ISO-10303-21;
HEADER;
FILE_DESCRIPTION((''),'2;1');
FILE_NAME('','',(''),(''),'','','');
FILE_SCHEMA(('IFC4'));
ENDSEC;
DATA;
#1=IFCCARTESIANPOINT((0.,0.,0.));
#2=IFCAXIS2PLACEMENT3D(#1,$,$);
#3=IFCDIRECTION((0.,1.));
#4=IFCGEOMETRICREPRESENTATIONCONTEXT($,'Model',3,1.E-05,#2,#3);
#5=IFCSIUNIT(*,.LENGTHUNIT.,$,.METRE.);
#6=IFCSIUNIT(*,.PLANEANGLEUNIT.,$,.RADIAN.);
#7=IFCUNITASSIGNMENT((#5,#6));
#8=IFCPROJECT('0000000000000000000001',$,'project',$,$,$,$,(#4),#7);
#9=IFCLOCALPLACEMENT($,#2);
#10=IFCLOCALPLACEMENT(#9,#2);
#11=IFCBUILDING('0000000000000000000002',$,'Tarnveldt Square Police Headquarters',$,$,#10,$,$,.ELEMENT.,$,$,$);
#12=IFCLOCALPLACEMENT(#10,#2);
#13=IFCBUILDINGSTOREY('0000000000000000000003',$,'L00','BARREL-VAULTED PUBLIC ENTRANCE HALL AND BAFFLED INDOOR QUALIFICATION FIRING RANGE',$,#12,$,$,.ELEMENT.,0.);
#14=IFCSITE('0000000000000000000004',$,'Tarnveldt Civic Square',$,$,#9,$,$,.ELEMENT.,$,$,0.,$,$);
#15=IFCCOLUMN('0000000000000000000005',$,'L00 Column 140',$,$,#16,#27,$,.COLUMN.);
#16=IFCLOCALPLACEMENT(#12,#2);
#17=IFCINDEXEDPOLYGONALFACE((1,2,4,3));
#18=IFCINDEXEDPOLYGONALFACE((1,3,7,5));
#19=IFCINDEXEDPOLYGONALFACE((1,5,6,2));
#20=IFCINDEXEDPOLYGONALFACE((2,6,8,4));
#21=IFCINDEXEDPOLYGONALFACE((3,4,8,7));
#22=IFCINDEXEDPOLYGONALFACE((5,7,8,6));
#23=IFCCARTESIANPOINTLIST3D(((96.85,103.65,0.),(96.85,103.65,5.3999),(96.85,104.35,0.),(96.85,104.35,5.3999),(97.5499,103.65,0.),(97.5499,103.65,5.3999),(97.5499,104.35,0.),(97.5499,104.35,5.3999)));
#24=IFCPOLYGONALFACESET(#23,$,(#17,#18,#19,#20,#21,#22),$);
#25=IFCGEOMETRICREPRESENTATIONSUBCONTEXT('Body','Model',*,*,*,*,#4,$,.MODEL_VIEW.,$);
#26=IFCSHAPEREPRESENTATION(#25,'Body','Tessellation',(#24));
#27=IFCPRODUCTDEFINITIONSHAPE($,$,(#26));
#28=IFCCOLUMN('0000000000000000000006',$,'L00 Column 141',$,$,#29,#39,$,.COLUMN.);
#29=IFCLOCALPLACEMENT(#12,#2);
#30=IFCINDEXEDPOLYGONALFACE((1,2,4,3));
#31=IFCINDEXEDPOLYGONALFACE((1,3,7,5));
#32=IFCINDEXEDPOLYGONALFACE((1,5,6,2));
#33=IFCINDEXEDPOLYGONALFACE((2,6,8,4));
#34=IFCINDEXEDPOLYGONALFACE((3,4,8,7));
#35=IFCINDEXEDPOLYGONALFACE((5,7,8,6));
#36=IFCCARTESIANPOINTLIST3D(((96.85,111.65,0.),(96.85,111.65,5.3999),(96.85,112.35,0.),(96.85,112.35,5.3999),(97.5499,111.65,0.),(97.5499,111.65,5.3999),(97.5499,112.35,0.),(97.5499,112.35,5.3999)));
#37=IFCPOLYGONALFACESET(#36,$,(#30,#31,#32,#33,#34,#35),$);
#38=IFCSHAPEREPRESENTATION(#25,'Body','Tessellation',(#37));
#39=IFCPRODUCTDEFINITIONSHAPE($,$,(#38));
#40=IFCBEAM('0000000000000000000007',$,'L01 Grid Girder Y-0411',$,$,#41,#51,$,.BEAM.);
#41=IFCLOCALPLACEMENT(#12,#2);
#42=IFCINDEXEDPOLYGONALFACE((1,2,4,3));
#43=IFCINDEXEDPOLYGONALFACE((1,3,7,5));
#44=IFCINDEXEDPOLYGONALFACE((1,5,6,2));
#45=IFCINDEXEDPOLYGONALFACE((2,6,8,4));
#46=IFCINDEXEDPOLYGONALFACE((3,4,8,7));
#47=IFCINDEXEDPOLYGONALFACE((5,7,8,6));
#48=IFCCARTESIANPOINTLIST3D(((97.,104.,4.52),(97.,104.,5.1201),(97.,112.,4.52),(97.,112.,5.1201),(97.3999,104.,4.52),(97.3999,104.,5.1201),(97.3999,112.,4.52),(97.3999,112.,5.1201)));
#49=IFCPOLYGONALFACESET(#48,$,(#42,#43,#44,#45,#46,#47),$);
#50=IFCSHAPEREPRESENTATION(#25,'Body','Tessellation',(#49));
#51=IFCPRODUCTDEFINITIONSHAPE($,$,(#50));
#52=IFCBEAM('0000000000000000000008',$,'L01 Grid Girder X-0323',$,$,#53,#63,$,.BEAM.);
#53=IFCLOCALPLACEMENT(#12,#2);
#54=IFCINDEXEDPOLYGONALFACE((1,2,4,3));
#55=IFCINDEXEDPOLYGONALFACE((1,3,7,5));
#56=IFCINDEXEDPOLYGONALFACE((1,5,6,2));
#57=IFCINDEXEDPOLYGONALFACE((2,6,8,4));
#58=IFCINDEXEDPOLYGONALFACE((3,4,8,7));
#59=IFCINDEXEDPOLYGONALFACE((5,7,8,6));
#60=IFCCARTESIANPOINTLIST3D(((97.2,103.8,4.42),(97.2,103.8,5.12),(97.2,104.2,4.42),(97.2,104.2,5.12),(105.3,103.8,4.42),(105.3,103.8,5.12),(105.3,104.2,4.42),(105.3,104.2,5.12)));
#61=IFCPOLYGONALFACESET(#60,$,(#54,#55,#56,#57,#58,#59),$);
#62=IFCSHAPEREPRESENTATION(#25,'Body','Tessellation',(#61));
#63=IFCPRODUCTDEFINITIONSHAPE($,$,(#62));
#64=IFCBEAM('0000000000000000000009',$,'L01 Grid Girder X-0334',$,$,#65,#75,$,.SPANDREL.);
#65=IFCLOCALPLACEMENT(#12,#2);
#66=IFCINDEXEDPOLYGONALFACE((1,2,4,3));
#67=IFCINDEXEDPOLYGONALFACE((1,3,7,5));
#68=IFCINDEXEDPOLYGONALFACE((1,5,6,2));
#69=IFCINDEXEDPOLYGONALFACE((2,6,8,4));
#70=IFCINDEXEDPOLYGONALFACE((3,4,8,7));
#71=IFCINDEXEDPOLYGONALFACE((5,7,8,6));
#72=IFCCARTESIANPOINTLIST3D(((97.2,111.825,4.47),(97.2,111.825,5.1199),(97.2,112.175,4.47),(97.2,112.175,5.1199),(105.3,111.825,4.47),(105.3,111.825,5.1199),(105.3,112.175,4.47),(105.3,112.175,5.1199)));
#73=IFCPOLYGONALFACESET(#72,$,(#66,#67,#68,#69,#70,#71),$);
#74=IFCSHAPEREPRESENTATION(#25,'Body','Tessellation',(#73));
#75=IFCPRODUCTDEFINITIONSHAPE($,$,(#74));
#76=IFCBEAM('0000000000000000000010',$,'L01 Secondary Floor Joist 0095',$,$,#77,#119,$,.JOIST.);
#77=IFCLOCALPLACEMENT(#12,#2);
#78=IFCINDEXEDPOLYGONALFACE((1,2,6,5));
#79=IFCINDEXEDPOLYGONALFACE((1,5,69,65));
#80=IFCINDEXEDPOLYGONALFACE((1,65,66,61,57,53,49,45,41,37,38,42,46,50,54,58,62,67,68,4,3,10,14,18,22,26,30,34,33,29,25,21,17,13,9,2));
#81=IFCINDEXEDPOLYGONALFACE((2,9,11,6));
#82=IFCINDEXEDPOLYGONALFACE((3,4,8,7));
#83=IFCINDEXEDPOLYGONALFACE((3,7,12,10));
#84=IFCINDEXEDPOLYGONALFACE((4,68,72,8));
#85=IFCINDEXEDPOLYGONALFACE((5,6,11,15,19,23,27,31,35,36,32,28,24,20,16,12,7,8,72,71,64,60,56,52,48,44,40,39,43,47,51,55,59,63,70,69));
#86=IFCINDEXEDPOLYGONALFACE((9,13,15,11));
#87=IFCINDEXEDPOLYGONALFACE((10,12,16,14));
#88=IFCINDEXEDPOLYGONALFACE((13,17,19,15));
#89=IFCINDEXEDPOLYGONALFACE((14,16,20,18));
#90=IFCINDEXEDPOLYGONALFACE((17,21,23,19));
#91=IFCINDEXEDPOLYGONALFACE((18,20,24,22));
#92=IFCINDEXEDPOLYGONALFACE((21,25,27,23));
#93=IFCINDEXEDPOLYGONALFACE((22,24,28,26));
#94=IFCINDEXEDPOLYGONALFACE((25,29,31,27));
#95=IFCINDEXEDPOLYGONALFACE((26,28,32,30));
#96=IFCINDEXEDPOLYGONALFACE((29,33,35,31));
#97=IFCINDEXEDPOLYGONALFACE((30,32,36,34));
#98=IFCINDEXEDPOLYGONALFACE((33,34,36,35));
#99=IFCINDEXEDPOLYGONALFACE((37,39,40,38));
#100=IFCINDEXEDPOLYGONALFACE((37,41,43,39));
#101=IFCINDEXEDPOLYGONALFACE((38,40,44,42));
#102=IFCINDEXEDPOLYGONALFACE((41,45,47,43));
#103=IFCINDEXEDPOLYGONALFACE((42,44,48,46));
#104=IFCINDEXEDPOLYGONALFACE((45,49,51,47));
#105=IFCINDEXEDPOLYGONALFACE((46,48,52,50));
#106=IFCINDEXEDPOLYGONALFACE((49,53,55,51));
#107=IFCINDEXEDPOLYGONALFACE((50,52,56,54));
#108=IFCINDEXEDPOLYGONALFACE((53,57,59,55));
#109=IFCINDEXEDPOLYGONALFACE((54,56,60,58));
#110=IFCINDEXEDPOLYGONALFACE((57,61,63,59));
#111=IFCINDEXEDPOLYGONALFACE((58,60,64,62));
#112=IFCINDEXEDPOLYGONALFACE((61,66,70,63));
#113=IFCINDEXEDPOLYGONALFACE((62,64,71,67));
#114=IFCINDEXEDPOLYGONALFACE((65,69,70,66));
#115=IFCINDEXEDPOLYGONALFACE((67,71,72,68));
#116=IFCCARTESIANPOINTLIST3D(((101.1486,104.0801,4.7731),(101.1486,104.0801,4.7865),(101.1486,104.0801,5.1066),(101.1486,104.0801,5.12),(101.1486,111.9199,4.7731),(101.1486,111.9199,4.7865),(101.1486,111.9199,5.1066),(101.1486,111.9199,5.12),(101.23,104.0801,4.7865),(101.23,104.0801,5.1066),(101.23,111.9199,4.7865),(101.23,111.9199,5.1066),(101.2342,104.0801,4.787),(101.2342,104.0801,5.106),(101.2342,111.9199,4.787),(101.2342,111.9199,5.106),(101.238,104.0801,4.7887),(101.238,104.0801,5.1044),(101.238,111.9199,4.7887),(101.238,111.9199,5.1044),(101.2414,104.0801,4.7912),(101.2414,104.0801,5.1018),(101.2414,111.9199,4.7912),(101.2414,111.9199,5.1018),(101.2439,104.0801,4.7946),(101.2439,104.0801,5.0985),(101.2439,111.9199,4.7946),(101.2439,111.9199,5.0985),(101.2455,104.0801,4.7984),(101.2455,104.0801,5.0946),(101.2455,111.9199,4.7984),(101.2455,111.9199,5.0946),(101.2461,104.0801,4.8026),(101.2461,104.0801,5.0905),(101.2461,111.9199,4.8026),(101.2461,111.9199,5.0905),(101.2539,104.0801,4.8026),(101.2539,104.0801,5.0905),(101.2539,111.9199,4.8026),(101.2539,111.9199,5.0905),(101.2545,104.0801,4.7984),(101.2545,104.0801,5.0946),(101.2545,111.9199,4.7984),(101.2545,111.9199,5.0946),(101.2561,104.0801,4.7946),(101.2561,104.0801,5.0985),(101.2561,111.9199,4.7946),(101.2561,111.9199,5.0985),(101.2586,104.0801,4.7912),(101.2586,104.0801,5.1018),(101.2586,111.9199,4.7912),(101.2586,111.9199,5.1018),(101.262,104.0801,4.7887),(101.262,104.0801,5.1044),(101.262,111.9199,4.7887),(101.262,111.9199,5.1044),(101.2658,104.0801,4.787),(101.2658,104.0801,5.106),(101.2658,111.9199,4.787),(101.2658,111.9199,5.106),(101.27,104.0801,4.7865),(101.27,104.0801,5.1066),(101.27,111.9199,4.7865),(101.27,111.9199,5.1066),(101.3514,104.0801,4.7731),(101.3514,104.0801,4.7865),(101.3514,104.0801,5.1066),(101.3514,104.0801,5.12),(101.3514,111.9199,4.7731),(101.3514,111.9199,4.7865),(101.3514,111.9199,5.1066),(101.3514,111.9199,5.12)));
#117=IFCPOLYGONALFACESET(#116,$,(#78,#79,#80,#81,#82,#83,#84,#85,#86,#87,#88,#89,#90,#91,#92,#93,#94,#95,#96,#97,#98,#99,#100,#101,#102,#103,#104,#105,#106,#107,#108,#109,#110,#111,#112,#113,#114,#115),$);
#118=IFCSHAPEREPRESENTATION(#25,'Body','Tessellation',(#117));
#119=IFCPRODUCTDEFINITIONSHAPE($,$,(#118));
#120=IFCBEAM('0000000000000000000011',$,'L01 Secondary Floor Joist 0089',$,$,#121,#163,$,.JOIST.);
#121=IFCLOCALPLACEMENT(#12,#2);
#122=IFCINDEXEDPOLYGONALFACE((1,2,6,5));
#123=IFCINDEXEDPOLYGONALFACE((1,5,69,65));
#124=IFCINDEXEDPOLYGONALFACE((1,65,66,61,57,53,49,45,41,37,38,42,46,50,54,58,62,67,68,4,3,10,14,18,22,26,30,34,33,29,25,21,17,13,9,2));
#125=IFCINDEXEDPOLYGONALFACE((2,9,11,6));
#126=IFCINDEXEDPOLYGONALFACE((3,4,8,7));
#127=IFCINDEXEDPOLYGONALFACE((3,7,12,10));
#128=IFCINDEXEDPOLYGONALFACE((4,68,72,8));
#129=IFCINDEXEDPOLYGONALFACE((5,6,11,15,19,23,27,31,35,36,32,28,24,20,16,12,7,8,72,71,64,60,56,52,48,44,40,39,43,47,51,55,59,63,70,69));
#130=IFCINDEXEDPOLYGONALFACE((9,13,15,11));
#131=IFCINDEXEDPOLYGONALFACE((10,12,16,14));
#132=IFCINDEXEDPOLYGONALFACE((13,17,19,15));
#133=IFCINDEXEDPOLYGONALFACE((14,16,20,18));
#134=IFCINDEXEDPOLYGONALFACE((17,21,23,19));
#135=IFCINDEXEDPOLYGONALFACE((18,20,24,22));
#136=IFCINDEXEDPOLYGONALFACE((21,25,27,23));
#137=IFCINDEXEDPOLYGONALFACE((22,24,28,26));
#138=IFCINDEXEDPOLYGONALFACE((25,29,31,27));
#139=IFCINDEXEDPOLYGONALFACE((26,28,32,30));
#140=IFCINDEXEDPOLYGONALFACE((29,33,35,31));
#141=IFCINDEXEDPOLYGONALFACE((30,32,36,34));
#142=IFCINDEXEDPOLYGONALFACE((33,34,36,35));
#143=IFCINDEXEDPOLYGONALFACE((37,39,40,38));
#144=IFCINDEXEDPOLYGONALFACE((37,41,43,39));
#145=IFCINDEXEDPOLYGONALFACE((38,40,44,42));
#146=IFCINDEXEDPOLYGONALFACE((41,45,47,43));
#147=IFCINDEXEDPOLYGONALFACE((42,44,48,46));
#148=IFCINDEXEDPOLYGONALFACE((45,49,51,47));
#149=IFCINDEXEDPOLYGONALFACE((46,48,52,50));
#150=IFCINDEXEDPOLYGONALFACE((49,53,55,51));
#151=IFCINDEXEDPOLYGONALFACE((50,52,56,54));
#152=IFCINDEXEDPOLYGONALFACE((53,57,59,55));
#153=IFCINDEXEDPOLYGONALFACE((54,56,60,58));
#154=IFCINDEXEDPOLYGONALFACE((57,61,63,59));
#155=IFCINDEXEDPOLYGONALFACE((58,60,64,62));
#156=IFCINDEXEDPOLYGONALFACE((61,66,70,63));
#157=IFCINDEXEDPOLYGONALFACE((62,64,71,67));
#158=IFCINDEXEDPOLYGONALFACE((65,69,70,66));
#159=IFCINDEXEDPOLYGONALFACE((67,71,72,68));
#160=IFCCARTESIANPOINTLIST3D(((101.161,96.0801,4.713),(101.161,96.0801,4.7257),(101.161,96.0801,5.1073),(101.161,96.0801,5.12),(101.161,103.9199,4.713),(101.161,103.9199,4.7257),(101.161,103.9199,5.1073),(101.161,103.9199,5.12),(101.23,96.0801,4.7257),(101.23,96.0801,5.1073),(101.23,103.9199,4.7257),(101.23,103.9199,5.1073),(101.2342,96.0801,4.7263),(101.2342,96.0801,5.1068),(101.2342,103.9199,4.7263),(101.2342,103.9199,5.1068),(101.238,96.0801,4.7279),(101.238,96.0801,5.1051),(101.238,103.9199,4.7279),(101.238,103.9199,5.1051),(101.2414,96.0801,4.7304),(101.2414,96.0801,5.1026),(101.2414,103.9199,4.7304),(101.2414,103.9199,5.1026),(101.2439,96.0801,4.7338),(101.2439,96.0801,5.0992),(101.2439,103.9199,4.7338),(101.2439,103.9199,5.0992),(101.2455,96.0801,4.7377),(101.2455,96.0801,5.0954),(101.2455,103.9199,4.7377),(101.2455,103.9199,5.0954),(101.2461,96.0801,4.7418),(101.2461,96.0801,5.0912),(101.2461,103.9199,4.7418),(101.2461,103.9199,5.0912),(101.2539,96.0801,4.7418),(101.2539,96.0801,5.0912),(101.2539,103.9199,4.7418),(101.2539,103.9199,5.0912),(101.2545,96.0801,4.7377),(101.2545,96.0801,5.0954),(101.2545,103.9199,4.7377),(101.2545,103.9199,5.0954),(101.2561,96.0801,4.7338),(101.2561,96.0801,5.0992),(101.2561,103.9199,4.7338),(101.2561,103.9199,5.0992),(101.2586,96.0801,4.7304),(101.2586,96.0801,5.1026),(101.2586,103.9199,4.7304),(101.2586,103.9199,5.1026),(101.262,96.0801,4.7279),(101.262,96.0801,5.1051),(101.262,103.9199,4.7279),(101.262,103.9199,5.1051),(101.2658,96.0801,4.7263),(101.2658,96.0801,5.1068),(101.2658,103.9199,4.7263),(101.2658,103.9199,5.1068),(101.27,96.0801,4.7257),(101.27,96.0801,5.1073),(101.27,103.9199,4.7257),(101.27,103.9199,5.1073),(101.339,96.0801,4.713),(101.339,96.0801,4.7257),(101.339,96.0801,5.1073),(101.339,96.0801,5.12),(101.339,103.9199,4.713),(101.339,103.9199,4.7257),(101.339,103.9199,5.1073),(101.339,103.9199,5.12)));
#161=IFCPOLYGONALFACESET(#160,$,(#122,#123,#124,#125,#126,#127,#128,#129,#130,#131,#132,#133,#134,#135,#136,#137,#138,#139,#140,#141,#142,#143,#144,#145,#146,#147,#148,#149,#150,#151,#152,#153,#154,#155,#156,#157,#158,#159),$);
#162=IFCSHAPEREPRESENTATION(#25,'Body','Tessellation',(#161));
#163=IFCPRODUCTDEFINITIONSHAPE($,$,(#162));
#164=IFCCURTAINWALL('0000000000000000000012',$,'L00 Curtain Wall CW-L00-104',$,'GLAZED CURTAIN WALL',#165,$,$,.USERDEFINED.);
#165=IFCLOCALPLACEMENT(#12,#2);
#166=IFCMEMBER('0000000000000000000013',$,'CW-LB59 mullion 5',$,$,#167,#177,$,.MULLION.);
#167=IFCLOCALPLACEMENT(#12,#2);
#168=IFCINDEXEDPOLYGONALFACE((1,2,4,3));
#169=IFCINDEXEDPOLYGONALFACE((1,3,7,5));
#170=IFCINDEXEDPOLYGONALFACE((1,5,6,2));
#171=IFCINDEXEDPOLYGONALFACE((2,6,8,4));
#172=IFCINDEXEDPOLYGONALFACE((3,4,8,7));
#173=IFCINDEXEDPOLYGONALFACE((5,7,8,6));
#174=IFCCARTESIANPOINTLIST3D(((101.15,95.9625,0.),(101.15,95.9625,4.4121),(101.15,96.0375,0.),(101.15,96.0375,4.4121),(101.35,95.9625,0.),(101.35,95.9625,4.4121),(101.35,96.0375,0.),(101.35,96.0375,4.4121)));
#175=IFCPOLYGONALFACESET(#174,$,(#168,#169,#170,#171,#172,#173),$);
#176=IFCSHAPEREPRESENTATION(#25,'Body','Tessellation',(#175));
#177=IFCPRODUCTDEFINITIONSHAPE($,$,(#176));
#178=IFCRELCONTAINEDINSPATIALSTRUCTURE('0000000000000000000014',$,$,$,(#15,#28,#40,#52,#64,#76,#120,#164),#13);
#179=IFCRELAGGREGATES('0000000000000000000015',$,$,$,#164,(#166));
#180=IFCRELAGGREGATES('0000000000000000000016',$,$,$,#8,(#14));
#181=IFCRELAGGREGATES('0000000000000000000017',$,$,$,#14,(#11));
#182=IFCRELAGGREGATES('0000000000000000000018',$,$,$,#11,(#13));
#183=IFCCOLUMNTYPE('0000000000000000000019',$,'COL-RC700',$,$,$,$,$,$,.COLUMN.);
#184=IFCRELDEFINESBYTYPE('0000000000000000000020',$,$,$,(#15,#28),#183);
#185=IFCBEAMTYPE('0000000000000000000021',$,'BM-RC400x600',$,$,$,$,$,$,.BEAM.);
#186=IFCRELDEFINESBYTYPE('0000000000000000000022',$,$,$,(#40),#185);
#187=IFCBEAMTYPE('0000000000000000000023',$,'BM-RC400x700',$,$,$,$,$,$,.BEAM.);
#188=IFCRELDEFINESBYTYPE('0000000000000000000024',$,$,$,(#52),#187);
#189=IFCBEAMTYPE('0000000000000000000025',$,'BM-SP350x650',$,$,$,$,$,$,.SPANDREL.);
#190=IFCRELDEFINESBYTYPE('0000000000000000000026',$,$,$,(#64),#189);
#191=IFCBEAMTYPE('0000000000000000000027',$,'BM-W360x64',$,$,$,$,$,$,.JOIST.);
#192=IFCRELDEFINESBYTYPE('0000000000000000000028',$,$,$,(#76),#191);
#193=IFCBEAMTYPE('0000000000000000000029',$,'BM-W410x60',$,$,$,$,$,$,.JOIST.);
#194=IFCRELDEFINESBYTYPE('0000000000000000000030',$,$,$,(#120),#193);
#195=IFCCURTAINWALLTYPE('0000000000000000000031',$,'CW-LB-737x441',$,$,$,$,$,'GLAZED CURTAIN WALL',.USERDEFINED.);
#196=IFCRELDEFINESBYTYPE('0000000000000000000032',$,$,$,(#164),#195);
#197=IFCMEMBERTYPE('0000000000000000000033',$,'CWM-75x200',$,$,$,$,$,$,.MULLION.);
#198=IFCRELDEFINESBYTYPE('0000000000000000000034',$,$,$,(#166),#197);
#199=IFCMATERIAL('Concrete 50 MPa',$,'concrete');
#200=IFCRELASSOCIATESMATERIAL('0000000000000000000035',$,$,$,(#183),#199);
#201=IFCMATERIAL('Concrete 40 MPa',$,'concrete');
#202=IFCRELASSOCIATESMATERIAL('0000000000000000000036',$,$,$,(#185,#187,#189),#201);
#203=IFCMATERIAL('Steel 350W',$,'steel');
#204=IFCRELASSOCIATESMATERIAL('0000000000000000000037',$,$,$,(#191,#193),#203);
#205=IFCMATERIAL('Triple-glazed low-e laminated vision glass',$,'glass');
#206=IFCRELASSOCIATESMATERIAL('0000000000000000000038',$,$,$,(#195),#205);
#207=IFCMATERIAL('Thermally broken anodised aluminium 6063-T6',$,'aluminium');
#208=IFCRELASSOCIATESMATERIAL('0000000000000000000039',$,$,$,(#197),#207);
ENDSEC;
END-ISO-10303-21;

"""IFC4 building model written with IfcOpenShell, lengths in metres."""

from ifc_helpers import new_model, si_unit, direction, frame, origin, origin_2d, place, context, subcontext, project, spatial, rectangle, i_section, extrude, material, material_profile, profile_set, type_object, element, aggregate, save


model = new_model("IFC4")

# Units and contexts
model_context = context("Model", 3, precision=1e-05, world=origin(), true_north=direction((0.0, 1.0)))
body_context = subcontext(model_context, "Body", "Model", "MODEL_VIEW")
ifc_project = project(units=[si_unit("LENGTHUNIT", "METRE"), si_unit("PLANEANGLEUNIT", "RADIAN")], contexts=[model_context])

# Site, building, storey
site_placement = place(None, origin())
site = spatial("IfcSite", under=ifc_project, at=site_placement, Name="Tarnveldt Civic Square", CompositionType="ELEMENT", RefElevation=0.0)
building_placement = place(site_placement, origin())
building = spatial("IfcBuilding", under=site, at=building_placement, Name="Tarnveldt Square Police Headquarters", CompositionType="ELEMENT")
storey_placement = place(building_placement, origin())
storey = spatial("IfcBuildingStorey", under=building, at=storey_placement, Name="L00", Description="BARREL-VAULTED PUBLIC ENTRANCE HALL AND BAFFLED INDOOR QUALIFICATION FIRING RANGE", CompositionType="ELEMENT", Elevation=0.0)

# Columns
ifc_material_1 = material(Name="Concrete 50 MPa", Category="concrete")
ifc_material_profile_1 = material_profile(ifc_material_1, rectangle(XDim=0.7, YDim=0.7, at=origin_2d()), Name="RC-C700x700")
ifc_profile_set_1 = profile_set([ifc_material_profile_1], Name="Concrete 50 MPa")
column_type = type_object("IfcColumnType", Name="COL-RC700", PredefinedType="COLUMN", material=ifc_profile_set_1)
for number, where, z_axis, x_axis, name in (
    (1, (97.2, 104.0, 0.0), (0.0, 0.0, 1.0), (1.0, 0.0, 0.0), "L00 Column 140"),
    (2, (97.2, 112.0, 0.0), (0.0, 0.0, 1.0), (1.0, 0.0, 0.0), "L00 Column 141"),
):
    element("IfcColumn", number, at=place(storey_placement, frame(where, z_axis=z_axis, x_axis=x_axis)), inside=storey, type_object=column_type, Name=name, PredefinedType="COLUMN", context=body_context, shape_type="SweptSolid", body=[
        extrude(rectangle(XDim=0.7, YDim=0.7, at=origin_2d()), origin(), (0.0, 0.0, 1.0), 5.3999),
    ])

# Beams
ifc_material_2 = material(Name="Concrete 40 MPa", Category="concrete")
ifc_material_profile_2 = material_profile(ifc_material_2, rectangle(XDim=0.3999, YDim=0.6001, at=origin_2d()), Name="RC-B400x600")
ifc_profile_set_2 = profile_set([ifc_material_profile_2], Name="Concrete 40 MPa")
beam_type_1 = type_object("IfcBeamType", Name="BM-RC400x600", PredefinedType="BEAM", material=ifc_profile_set_2)
beam_1_placement = place(storey_placement, frame((97.2, 104.0, 4.8201), z_axis=(0.0, 1.0, 0.0), x_axis=(-1.0, 0.0, 0.0)))
element("IfcBeam", 3, at=beam_1_placement, inside=storey, type_object=beam_type_1, Name="L01 Grid Girder Y-0411", PredefinedType="BEAM", context=body_context, shape_type="SweptSolid", body=[
    extrude(rectangle(XDim=0.3999, YDim=0.6001, at=origin_2d()), origin(), (0.0, 0.0, 1.0), 8.0),
])
ifc_material_profile_3 = material_profile(ifc_material_2, rectangle(XDim=0.3999, YDim=0.7, at=origin_2d()), Name="RC-B400x700")
ifc_profile_set_3 = profile_set([ifc_material_profile_3], Name="Concrete 40 MPa")
beam_type_2 = type_object("IfcBeamType", Name="BM-RC400x700", PredefinedType="BEAM", material=ifc_profile_set_3)
beam_2_placement = place(storey_placement, frame((97.2, 104.0, 4.77), z_axis=(1.0, 0.0, 0.0), x_axis=(0.0, 1.0, 0.0)))
element("IfcBeam", 4, at=beam_2_placement, inside=storey, type_object=beam_type_2, Name="L01 Grid Girder X-0323", PredefinedType="BEAM", context=body_context, shape_type="SweptSolid", body=[
    extrude(rectangle(XDim=0.3999, YDim=0.7, at=origin_2d()), origin(), (0.0, 0.0, 1.0), 8.1001),
])
ifc_material_profile_4 = material_profile(ifc_material_2, rectangle(XDim=0.3501, YDim=0.6499, at=origin_2d()), Name="RC-SP350x650")
ifc_profile_set_4 = profile_set([ifc_material_profile_4], Name="Concrete 40 MPa")
beam_type_3 = type_object("IfcBeamType", Name="BM-SP350x650", PredefinedType="SPANDREL", material=ifc_profile_set_4)
beam_3_placement = place(storey_placement, frame((97.2, 112.0, 4.7949), z_axis=(1.0, 0.0, 0.0), x_axis=(0.0, 1.0, 0.0)))
element("IfcBeam", 5, at=beam_3_placement, inside=storey, type_object=beam_type_3, Name="L01 Grid Girder X-0334", PredefinedType="SPANDREL", context=body_context, shape_type="SweptSolid", body=[
    extrude(rectangle(XDim=0.3501, YDim=0.6499, at=origin_2d()), origin(), (0.0, 0.0, 1.0), 8.1001),
])
ifc_material_3 = material(Name="Steel 350W", Category="steel")
ifc_material_profile_5 = material_profile(ifc_material_3, i_section(OverallWidth=0.2029, OverallDepth=0.3469, WebThickness=0.0078, FlangeThickness=0.0134, FilletRadius=0.0161, at=origin_2d()), Name="W360x64")
ifc_profile_set_5 = profile_set([ifc_material_profile_5], Name="Steel 350W")
beam_type_4 = type_object("IfcBeamType", Name="BM-W360x64", PredefinedType="JOIST", material=ifc_profile_set_5)
beam_4_placement = place(storey_placement, frame((101.25, 104.0801, 4.9465), z_axis=(0.0, 1.0, 0.0), x_axis=(-1.0, 0.0, 0.0)))
element("IfcBeam", 6, at=beam_4_placement, inside=storey, type_object=beam_type_4, Name="L01 Secondary Floor Joist 0095", PredefinedType="JOIST", context=body_context, shape_type="SweptSolid", body=[
    extrude(i_section(OverallWidth=0.2029, OverallDepth=0.3469, WebThickness=0.0078, FlangeThickness=0.0134, FilletRadius=0.0161, at=origin_2d()), origin(), (0.0, 0.0, 1.0), 7.8398),
])
ifc_material_profile_6 = material_profile(ifc_material_3, i_section(OverallWidth=0.178, OverallDepth=0.407, WebThickness=0.0078, FlangeThickness=0.0127, FilletRadius=0.0161, at=origin_2d()), Name="W410x60")
ifc_profile_set_6 = profile_set([ifc_material_profile_6], Name="Steel 350W")
beam_type_5 = type_object("IfcBeamType", Name="BM-W410x60", PredefinedType="JOIST", material=ifc_profile_set_6)
beam_5_placement = place(storey_placement, frame((101.25, 96.0801, 4.9165), z_axis=(0.0, 1.0, 0.0), x_axis=(-1.0, 0.0, 0.0)))
element("IfcBeam", 7, at=beam_5_placement, inside=storey, type_object=beam_type_5, Name="L01 Secondary Floor Joist 0089", PredefinedType="JOIST", context=body_context, shape_type="SweptSolid", body=[
    extrude(i_section(OverallWidth=0.178, OverallDepth=0.407, WebThickness=0.0078, FlangeThickness=0.0127, FilletRadius=0.0161, at=origin_2d()), origin(), (0.0, 0.0, 1.0), 7.8398),
])

# Curtain wall, member
ifc_material_4 = material(Name="Triple-glazed low-e laminated vision glass", Category="glass")
curtain_wall_type = type_object("IfcCurtainWallType", Name="CW-LB-737x441", ElementType="GLAZED CURTAIN WALL", PredefinedType="USERDEFINED", material=ifc_material_4)
curtain_wall_placement = place(storey_placement, origin())
curtain_wall = element("IfcCurtainWall", 8, at=curtain_wall_placement, inside=storey, type_object=curtain_wall_type, Name="L00 Curtain Wall CW-L00-104", ObjectType="GLAZED CURTAIN WALL", PredefinedType="USERDEFINED")
ifc_material_5 = material(Name="Thermally broken anodised aluminium 6063-T6", Category="aluminium")
ifc_material_profile_7 = material_profile(ifc_material_5, rectangle(XDim=0.075, YDim=0.2, at=origin_2d()), Name="CW-M75x200")
ifc_profile_set_7 = profile_set([ifc_material_profile_7], Name="Thermally broken anodised aluminium 6063-T6")
member_type_1 = type_object("IfcMemberType", Name="CWM-75x200", PredefinedType="MULLION", material=ifc_profile_set_7)
member_1_placement = place(storey_placement, frame((101.25, 96.0, 0.0), z_axis=(0.0, 0.0, 1.0), x_axis=(0.0, 1.0, 0.0)))
member_1 = element("IfcMember", 9, at=member_1_placement, type_object=member_type_1, Name="CW-LB59 mullion 5", PredefinedType="MULLION", context=body_context, shape_type="SweptSolid", body=[
    extrude(rectangle(XDim=0.075, YDim=0.2, at=origin_2d()), origin(), (0.0, 0.0, 1.0), 4.4121),
])
aggregate(curtain_wall, [member_1])

save(model, "model.ifc")
